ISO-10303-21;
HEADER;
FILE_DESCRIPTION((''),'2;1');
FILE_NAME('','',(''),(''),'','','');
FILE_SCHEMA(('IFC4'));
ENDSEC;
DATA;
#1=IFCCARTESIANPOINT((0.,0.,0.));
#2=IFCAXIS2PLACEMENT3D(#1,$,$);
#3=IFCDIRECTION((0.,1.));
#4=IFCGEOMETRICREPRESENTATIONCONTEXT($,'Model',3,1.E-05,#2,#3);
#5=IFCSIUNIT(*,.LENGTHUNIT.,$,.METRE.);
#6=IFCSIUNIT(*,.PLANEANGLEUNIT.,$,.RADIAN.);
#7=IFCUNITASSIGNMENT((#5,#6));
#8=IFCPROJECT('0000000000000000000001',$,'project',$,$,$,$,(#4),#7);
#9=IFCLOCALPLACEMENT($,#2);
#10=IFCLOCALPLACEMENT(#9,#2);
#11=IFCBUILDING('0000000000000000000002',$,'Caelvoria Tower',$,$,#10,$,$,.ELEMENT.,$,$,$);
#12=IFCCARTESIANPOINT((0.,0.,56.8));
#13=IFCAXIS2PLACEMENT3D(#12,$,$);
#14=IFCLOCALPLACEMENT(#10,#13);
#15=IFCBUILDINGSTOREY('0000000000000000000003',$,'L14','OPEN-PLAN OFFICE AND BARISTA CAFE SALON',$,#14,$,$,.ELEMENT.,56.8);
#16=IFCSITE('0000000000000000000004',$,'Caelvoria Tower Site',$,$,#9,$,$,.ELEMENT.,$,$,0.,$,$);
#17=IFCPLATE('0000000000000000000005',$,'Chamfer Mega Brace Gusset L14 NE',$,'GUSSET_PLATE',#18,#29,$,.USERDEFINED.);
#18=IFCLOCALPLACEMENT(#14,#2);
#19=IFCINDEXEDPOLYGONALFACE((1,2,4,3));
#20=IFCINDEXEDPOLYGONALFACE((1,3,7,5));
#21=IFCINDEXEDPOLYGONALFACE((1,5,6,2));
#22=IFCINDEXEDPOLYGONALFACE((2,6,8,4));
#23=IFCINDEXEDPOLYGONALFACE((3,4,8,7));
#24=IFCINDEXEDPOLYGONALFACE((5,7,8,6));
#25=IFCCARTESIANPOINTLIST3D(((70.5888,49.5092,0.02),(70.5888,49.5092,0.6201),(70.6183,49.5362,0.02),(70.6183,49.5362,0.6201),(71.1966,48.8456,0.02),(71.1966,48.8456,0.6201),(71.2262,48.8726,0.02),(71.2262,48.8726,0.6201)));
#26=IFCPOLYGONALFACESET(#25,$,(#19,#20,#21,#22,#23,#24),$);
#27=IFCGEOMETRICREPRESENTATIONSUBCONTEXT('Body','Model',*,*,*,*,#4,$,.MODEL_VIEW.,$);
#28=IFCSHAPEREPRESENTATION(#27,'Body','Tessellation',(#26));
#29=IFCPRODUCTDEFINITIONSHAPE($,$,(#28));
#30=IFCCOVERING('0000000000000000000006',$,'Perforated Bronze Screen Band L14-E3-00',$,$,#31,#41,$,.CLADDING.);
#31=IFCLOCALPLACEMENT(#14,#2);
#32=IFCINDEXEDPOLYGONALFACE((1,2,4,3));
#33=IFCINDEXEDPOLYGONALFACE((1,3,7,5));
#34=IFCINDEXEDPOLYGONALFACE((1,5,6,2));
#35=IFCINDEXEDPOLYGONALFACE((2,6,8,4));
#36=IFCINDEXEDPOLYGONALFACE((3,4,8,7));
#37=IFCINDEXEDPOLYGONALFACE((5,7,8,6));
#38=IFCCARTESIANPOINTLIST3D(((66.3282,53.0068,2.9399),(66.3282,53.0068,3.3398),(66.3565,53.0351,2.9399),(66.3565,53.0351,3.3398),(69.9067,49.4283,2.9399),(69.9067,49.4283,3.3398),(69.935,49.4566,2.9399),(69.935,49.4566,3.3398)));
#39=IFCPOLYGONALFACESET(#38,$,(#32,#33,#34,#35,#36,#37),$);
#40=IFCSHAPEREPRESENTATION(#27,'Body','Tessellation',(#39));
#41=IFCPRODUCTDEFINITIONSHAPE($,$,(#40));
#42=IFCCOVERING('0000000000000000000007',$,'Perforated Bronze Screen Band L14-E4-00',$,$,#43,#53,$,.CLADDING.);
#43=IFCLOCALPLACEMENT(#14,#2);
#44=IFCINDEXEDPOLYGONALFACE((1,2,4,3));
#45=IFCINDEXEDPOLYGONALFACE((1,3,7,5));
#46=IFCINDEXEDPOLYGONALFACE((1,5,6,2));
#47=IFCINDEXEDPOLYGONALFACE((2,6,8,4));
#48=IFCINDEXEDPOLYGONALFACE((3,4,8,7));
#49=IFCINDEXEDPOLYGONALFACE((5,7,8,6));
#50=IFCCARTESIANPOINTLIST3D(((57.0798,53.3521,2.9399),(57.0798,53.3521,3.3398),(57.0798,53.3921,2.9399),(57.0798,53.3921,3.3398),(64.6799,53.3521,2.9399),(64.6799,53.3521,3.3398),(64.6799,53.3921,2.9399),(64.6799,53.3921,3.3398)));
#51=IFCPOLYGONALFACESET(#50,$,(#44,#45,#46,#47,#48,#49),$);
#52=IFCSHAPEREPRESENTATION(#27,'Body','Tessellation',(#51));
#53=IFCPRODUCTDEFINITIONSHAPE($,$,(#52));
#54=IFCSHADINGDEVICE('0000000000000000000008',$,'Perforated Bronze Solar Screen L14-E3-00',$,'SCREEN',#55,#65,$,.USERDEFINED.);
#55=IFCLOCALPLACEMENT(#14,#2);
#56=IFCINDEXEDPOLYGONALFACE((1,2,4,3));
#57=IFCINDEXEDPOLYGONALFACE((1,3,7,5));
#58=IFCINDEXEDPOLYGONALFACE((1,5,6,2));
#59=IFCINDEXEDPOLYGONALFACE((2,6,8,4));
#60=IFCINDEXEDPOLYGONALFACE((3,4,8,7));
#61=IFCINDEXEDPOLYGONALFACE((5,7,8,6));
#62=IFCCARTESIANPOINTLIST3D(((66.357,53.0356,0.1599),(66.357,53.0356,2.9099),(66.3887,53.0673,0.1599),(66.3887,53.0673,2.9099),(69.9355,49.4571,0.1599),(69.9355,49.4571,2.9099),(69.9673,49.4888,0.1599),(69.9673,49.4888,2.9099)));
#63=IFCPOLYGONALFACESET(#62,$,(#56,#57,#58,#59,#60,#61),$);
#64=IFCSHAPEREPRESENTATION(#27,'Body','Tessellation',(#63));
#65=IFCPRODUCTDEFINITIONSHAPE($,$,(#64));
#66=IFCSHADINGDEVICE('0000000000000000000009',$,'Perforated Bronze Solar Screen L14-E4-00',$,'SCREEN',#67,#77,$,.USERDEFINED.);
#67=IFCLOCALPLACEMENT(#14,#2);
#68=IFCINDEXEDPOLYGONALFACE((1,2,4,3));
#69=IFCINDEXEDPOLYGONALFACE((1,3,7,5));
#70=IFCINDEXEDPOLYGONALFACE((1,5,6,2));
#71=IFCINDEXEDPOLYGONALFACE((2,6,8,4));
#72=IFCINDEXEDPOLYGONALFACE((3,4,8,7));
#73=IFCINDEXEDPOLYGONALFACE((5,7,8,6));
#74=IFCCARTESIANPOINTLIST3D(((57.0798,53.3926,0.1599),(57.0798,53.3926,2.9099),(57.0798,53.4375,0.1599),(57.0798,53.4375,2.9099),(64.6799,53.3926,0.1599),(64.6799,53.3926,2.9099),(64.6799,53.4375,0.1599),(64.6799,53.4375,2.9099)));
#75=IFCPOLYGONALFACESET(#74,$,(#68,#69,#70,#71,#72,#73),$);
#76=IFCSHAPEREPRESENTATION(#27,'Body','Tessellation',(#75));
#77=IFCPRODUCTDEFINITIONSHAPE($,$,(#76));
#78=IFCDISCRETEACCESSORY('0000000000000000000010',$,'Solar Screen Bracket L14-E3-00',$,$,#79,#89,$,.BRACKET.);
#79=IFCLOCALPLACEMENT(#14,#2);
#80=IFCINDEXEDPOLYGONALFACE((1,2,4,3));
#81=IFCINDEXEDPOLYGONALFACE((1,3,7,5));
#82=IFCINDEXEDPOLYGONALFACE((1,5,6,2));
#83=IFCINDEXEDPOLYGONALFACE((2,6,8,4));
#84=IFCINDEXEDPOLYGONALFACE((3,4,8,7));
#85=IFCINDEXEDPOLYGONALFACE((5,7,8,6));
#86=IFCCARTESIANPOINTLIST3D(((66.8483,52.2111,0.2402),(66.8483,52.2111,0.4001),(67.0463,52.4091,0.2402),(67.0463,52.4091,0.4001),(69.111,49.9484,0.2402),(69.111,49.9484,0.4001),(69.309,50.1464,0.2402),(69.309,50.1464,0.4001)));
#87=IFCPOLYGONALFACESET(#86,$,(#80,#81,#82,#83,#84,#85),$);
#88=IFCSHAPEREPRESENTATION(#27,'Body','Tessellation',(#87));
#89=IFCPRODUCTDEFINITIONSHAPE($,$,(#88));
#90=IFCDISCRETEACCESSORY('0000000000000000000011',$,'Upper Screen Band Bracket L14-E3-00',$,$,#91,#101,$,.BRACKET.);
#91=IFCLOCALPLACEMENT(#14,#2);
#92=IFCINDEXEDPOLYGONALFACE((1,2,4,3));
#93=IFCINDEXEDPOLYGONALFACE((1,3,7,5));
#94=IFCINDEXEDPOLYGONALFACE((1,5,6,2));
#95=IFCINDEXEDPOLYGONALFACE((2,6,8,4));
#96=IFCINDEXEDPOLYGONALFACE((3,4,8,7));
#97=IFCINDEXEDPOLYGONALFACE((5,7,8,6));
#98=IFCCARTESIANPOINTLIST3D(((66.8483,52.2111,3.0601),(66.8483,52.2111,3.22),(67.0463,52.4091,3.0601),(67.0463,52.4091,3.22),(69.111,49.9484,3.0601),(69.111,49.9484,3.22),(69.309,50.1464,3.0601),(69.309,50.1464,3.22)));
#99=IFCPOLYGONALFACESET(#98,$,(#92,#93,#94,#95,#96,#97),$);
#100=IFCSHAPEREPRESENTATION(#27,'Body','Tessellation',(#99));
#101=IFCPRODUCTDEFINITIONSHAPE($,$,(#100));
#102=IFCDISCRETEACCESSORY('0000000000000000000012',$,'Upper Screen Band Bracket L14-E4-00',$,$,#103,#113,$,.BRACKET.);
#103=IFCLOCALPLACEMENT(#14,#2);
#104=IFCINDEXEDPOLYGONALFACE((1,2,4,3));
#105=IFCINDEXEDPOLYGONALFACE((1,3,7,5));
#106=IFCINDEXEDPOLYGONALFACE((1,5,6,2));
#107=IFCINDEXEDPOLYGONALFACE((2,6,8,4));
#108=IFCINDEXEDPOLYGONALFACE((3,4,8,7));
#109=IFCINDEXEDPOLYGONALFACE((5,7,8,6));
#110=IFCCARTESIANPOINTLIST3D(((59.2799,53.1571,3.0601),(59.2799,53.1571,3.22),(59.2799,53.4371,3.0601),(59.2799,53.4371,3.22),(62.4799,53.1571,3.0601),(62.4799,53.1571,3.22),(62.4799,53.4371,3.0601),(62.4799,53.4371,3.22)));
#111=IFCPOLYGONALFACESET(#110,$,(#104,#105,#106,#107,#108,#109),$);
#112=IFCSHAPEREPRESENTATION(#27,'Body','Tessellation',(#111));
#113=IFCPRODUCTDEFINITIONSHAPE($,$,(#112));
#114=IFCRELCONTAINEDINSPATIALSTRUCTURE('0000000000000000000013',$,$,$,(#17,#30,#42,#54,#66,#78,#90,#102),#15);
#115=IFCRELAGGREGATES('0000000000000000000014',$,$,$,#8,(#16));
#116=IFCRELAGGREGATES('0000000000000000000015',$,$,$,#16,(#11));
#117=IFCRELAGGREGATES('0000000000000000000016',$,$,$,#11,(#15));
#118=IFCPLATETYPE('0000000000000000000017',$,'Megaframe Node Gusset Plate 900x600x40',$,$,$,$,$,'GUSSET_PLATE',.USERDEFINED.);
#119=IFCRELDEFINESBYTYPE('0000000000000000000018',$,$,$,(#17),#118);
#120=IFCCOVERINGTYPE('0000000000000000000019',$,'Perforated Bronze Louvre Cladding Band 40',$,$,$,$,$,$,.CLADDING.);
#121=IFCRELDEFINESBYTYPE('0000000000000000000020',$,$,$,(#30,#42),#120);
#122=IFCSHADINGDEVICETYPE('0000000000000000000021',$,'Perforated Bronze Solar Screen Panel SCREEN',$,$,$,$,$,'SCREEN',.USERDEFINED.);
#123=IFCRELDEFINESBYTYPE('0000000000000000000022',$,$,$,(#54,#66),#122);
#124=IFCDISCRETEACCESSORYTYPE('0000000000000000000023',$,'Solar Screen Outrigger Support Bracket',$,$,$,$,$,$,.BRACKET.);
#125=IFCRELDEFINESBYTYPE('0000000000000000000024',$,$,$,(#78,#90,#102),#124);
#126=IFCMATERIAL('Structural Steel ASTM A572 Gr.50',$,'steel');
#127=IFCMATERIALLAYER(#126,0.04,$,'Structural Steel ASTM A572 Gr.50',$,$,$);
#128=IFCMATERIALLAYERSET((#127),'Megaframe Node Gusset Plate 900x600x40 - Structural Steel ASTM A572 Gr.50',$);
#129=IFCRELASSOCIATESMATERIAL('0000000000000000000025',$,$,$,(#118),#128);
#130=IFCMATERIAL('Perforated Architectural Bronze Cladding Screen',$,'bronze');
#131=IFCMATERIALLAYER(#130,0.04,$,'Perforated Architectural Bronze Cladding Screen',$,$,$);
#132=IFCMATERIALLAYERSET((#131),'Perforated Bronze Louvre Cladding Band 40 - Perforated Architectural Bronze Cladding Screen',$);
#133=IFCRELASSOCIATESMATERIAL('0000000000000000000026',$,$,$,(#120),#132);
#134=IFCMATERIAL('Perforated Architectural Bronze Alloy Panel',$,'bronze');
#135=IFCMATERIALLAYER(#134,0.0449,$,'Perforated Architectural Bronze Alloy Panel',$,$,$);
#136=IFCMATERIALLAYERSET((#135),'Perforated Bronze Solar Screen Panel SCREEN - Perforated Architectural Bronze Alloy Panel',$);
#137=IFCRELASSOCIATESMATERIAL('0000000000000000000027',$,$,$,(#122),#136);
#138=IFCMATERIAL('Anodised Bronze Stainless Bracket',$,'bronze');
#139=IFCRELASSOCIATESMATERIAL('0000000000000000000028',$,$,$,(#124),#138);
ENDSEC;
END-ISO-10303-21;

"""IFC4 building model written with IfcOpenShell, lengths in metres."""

from ifc_helpers import new_model, si_unit, direction, frame, origin, origin_2d, place, context, subcontext, project, spatial, rectangle, extrude, material, layer, layer_set, type_object, element, save


model = new_model("IFC4")

# Units and contexts
model_context = context("Model", 3, precision=1e-05, world=origin(), true_north=direction((0.0, 1.0)))
body_context = subcontext(model_context, "Body", "Model", "MODEL_VIEW")
ifc_project = project(units=[si_unit("LENGTHUNIT", "METRE"), si_unit("PLANEANGLEUNIT", "RADIAN")], contexts=[model_context])

# Site, building, storey
site_placement = place(None, origin())
site = spatial("IfcSite", under=ifc_project, at=site_placement, Name="Caelvoria Tower Site", CompositionType="ELEMENT", RefElevation=0.0)
building_placement = place(site_placement, origin())
building = spatial("IfcBuilding", under=site, at=building_placement, Name="Caelvoria Tower", CompositionType="ELEMENT")
storey_placement = place(building_placement, frame((0.0, 0.0, 56.8)))
storey = spatial("IfcBuildingStorey", under=building, at=storey_placement, Name="L14", Description="OPEN-PLAN OFFICE AND BARISTA CAFE SALON", CompositionType="ELEMENT", Elevation=56.8)

# Shared definitions
ifc_material_1 = material(Name="Structural Steel ASTM A572 Gr.50", Category="steel")

# Plate
ifc_layer_1 = layer(ifc_material_1, 0.04, Name="Structural Steel ASTM A572 Gr.50")
ifc_layer_set_1 = layer_set([ifc_layer_1], Name="Megaframe Node Gusset Plate 900x600x40 - Structural Steel ASTM A572 Gr.50")
plate_type = type_object("IfcPlateType", Name="Megaframe Node Gusset Plate 900x600x40", ElementType="GUSSET_PLATE", PredefinedType="USERDEFINED", material=ifc_layer_set_1)
plate_placement = place(storey_placement, frame((70.9075, 49.1909, 0.02), z_axis=(0.0, 0.0, 1.0), x_axis=(-0.675453, 0.737403, 0.0)))
element("IfcPlate", 1, at=plate_placement, inside=storey, type_object=plate_type, Name="Chamfer Mega Brace Gusset L14 NE", ObjectType="GUSSET_PLATE", PredefinedType="USERDEFINED", context=body_context, shape_type="SweptSolid", body=[
    extrude(rectangle(XDim=0.8999, YDim=0.04, at=origin_2d()), origin(), (0.0, 0.0, 1.0), 0.6001),
])

# Coverings
ifc_material_2 = material(Name="Perforated Architectural Bronze Cladding Screen", Category="bronze")
ifc_layer_2 = layer(ifc_material_2, 0.04, Name="Perforated Architectural Bronze Cladding Screen")
ifc_layer_set_2 = layer_set([ifc_layer_2], Name="Perforated Bronze Louvre Cladding Band 40 - Perforated Architectural Bronze Cladding Screen")
covering_type = type_object("IfcCoveringType", Name="Perforated Bronze Louvre Cladding Band 40", PredefinedType="CLADDING", material=ifc_layer_set_2)
covering_1_placement = place(storey_placement, frame((68.1316, 51.2317, 2.9399), z_axis=(0.0, 0.0, 1.0), x_axis=(-0.707107, 0.707107, 0.0)))
element("IfcCovering", 2, at=covering_1_placement, inside=storey, type_object=covering_type, Name="Perforated Bronze Screen Band L14-E3-00", PredefinedType="CLADDING", context=body_context, shape_type="SweptSolid", body=[
    extrude(rectangle(XDim=5.0608, YDim=0.04, at=origin_2d()), origin(), (0.0, 0.0, 1.0), 0.3999),
])
covering_2_placement = place(storey_placement, frame((60.8799, 53.3721, 2.9399), z_axis=(0.0, 0.0, 1.0), x_axis=(-1.0, 0.0, 0.0)))
element("IfcCovering", 3, at=covering_2_placement, inside=storey, type_object=covering_type, Name="Perforated Bronze Screen Band L14-E4-00", PredefinedType="CLADDING", context=body_context, shape_type="SweptSolid", body=[
    extrude(rectangle(XDim=7.6001, YDim=0.04, at=origin_2d()), origin(), (0.0, 0.0, 1.0), 0.3999),
])

# Shading devices
ifc_material_3 = material(Name="Perforated Architectural Bronze Alloy Panel", Category="bronze")
ifc_layer_3 = layer(ifc_material_3, 0.0449, Name="Perforated Architectural Bronze Alloy Panel")
ifc_layer_set_3 = layer_set([ifc_layer_3], Name="Perforated Bronze Solar Screen Panel SCREEN - Perforated Architectural Bronze Alloy Panel")
shading_device_type = type_object("IfcShadingDeviceType", Name="Perforated Bronze Solar Screen Panel SCREEN", ElementType="SCREEN", PredefinedType="USERDEFINED", material=ifc_layer_set_3)
shading_device_1_placement = place(storey_placement, frame((68.1621, 51.2622, 0.1599), z_axis=(0.0, 0.0, 1.0), x_axis=(-0.707107, 0.707107, 0.0)))
element("IfcShadingDevice", 4, at=shading_device_1_placement, inside=storey, type_object=shading_device_type, Name="Perforated Bronze Solar Screen L14-E3-00", ObjectType="SCREEN", PredefinedType="USERDEFINED", context=body_context, shape_type="SweptSolid", body=[
    extrude(rectangle(XDim=5.0608, YDim=0.0449, at=origin_2d()), origin(), (0.0, 0.0, 1.0), 2.75),
])
shading_device_2_placement = place(storey_placement, frame((60.8799, 53.415, 0.1599), z_axis=(0.0, 0.0, 1.0), x_axis=(-1.0, 0.0, 0.0)))
element("IfcShadingDevice", 5, at=shading_device_2_placement, inside=storey, type_object=shading_device_type, Name="Perforated Bronze Solar Screen L14-E4-00", ObjectType="SCREEN", PredefinedType="USERDEFINED", context=body_context, shape_type="SweptSolid", body=[
    extrude(rectangle(XDim=7.6001, YDim=0.0449, at=origin_2d()), origin(), (0.0, 0.0, 1.0), 2.75),
])

# Discrete accessories
ifc_material_4 = material(Name="Anodised Bronze Stainless Bracket", Category="bronze")
discrete_accessory_type = type_object("IfcDiscreteAccessoryType", Name="Solar Screen Outrigger Support Bracket", PredefinedType="BRACKET", material=ifc_material_4)
for number, where, z_axis, x_axis, name in (
    (6, (68.0786, 51.1787, 0.2402), (0.0, 0.0, 1.0), (-0.707107, 0.707107, 0.0), "Solar Screen Bracket L14-E3-00"),
    (7, (68.0786, 51.1787, 3.0601), (0.0, 0.0, 1.0), (-0.707107, 0.707107, 0.0), "Upper Screen Band Bracket L14-E3-00"),
    (8, (60.8799, 53.2971, 3.0601), (0.0, 0.0, 1.0), (-1.0, 0.0, 0.0), "Upper Screen Band Bracket L14-E4-00"),
):
    element("IfcDiscreteAccessory", number, at=place(storey_placement, frame(where, z_axis=z_axis, x_axis=x_axis)), inside=storey, type_object=discrete_accessory_type, Name=name, PredefinedType="BRACKET", context=body_context, shape_type="SweptSolid", body=[
        extrude(rectangle(XDim=3.2, YDim=0.28, at=origin_2d()), origin(), (0.0, 0.0, 1.0), 0.1599),
    ])

save(model, "model.ifc")
